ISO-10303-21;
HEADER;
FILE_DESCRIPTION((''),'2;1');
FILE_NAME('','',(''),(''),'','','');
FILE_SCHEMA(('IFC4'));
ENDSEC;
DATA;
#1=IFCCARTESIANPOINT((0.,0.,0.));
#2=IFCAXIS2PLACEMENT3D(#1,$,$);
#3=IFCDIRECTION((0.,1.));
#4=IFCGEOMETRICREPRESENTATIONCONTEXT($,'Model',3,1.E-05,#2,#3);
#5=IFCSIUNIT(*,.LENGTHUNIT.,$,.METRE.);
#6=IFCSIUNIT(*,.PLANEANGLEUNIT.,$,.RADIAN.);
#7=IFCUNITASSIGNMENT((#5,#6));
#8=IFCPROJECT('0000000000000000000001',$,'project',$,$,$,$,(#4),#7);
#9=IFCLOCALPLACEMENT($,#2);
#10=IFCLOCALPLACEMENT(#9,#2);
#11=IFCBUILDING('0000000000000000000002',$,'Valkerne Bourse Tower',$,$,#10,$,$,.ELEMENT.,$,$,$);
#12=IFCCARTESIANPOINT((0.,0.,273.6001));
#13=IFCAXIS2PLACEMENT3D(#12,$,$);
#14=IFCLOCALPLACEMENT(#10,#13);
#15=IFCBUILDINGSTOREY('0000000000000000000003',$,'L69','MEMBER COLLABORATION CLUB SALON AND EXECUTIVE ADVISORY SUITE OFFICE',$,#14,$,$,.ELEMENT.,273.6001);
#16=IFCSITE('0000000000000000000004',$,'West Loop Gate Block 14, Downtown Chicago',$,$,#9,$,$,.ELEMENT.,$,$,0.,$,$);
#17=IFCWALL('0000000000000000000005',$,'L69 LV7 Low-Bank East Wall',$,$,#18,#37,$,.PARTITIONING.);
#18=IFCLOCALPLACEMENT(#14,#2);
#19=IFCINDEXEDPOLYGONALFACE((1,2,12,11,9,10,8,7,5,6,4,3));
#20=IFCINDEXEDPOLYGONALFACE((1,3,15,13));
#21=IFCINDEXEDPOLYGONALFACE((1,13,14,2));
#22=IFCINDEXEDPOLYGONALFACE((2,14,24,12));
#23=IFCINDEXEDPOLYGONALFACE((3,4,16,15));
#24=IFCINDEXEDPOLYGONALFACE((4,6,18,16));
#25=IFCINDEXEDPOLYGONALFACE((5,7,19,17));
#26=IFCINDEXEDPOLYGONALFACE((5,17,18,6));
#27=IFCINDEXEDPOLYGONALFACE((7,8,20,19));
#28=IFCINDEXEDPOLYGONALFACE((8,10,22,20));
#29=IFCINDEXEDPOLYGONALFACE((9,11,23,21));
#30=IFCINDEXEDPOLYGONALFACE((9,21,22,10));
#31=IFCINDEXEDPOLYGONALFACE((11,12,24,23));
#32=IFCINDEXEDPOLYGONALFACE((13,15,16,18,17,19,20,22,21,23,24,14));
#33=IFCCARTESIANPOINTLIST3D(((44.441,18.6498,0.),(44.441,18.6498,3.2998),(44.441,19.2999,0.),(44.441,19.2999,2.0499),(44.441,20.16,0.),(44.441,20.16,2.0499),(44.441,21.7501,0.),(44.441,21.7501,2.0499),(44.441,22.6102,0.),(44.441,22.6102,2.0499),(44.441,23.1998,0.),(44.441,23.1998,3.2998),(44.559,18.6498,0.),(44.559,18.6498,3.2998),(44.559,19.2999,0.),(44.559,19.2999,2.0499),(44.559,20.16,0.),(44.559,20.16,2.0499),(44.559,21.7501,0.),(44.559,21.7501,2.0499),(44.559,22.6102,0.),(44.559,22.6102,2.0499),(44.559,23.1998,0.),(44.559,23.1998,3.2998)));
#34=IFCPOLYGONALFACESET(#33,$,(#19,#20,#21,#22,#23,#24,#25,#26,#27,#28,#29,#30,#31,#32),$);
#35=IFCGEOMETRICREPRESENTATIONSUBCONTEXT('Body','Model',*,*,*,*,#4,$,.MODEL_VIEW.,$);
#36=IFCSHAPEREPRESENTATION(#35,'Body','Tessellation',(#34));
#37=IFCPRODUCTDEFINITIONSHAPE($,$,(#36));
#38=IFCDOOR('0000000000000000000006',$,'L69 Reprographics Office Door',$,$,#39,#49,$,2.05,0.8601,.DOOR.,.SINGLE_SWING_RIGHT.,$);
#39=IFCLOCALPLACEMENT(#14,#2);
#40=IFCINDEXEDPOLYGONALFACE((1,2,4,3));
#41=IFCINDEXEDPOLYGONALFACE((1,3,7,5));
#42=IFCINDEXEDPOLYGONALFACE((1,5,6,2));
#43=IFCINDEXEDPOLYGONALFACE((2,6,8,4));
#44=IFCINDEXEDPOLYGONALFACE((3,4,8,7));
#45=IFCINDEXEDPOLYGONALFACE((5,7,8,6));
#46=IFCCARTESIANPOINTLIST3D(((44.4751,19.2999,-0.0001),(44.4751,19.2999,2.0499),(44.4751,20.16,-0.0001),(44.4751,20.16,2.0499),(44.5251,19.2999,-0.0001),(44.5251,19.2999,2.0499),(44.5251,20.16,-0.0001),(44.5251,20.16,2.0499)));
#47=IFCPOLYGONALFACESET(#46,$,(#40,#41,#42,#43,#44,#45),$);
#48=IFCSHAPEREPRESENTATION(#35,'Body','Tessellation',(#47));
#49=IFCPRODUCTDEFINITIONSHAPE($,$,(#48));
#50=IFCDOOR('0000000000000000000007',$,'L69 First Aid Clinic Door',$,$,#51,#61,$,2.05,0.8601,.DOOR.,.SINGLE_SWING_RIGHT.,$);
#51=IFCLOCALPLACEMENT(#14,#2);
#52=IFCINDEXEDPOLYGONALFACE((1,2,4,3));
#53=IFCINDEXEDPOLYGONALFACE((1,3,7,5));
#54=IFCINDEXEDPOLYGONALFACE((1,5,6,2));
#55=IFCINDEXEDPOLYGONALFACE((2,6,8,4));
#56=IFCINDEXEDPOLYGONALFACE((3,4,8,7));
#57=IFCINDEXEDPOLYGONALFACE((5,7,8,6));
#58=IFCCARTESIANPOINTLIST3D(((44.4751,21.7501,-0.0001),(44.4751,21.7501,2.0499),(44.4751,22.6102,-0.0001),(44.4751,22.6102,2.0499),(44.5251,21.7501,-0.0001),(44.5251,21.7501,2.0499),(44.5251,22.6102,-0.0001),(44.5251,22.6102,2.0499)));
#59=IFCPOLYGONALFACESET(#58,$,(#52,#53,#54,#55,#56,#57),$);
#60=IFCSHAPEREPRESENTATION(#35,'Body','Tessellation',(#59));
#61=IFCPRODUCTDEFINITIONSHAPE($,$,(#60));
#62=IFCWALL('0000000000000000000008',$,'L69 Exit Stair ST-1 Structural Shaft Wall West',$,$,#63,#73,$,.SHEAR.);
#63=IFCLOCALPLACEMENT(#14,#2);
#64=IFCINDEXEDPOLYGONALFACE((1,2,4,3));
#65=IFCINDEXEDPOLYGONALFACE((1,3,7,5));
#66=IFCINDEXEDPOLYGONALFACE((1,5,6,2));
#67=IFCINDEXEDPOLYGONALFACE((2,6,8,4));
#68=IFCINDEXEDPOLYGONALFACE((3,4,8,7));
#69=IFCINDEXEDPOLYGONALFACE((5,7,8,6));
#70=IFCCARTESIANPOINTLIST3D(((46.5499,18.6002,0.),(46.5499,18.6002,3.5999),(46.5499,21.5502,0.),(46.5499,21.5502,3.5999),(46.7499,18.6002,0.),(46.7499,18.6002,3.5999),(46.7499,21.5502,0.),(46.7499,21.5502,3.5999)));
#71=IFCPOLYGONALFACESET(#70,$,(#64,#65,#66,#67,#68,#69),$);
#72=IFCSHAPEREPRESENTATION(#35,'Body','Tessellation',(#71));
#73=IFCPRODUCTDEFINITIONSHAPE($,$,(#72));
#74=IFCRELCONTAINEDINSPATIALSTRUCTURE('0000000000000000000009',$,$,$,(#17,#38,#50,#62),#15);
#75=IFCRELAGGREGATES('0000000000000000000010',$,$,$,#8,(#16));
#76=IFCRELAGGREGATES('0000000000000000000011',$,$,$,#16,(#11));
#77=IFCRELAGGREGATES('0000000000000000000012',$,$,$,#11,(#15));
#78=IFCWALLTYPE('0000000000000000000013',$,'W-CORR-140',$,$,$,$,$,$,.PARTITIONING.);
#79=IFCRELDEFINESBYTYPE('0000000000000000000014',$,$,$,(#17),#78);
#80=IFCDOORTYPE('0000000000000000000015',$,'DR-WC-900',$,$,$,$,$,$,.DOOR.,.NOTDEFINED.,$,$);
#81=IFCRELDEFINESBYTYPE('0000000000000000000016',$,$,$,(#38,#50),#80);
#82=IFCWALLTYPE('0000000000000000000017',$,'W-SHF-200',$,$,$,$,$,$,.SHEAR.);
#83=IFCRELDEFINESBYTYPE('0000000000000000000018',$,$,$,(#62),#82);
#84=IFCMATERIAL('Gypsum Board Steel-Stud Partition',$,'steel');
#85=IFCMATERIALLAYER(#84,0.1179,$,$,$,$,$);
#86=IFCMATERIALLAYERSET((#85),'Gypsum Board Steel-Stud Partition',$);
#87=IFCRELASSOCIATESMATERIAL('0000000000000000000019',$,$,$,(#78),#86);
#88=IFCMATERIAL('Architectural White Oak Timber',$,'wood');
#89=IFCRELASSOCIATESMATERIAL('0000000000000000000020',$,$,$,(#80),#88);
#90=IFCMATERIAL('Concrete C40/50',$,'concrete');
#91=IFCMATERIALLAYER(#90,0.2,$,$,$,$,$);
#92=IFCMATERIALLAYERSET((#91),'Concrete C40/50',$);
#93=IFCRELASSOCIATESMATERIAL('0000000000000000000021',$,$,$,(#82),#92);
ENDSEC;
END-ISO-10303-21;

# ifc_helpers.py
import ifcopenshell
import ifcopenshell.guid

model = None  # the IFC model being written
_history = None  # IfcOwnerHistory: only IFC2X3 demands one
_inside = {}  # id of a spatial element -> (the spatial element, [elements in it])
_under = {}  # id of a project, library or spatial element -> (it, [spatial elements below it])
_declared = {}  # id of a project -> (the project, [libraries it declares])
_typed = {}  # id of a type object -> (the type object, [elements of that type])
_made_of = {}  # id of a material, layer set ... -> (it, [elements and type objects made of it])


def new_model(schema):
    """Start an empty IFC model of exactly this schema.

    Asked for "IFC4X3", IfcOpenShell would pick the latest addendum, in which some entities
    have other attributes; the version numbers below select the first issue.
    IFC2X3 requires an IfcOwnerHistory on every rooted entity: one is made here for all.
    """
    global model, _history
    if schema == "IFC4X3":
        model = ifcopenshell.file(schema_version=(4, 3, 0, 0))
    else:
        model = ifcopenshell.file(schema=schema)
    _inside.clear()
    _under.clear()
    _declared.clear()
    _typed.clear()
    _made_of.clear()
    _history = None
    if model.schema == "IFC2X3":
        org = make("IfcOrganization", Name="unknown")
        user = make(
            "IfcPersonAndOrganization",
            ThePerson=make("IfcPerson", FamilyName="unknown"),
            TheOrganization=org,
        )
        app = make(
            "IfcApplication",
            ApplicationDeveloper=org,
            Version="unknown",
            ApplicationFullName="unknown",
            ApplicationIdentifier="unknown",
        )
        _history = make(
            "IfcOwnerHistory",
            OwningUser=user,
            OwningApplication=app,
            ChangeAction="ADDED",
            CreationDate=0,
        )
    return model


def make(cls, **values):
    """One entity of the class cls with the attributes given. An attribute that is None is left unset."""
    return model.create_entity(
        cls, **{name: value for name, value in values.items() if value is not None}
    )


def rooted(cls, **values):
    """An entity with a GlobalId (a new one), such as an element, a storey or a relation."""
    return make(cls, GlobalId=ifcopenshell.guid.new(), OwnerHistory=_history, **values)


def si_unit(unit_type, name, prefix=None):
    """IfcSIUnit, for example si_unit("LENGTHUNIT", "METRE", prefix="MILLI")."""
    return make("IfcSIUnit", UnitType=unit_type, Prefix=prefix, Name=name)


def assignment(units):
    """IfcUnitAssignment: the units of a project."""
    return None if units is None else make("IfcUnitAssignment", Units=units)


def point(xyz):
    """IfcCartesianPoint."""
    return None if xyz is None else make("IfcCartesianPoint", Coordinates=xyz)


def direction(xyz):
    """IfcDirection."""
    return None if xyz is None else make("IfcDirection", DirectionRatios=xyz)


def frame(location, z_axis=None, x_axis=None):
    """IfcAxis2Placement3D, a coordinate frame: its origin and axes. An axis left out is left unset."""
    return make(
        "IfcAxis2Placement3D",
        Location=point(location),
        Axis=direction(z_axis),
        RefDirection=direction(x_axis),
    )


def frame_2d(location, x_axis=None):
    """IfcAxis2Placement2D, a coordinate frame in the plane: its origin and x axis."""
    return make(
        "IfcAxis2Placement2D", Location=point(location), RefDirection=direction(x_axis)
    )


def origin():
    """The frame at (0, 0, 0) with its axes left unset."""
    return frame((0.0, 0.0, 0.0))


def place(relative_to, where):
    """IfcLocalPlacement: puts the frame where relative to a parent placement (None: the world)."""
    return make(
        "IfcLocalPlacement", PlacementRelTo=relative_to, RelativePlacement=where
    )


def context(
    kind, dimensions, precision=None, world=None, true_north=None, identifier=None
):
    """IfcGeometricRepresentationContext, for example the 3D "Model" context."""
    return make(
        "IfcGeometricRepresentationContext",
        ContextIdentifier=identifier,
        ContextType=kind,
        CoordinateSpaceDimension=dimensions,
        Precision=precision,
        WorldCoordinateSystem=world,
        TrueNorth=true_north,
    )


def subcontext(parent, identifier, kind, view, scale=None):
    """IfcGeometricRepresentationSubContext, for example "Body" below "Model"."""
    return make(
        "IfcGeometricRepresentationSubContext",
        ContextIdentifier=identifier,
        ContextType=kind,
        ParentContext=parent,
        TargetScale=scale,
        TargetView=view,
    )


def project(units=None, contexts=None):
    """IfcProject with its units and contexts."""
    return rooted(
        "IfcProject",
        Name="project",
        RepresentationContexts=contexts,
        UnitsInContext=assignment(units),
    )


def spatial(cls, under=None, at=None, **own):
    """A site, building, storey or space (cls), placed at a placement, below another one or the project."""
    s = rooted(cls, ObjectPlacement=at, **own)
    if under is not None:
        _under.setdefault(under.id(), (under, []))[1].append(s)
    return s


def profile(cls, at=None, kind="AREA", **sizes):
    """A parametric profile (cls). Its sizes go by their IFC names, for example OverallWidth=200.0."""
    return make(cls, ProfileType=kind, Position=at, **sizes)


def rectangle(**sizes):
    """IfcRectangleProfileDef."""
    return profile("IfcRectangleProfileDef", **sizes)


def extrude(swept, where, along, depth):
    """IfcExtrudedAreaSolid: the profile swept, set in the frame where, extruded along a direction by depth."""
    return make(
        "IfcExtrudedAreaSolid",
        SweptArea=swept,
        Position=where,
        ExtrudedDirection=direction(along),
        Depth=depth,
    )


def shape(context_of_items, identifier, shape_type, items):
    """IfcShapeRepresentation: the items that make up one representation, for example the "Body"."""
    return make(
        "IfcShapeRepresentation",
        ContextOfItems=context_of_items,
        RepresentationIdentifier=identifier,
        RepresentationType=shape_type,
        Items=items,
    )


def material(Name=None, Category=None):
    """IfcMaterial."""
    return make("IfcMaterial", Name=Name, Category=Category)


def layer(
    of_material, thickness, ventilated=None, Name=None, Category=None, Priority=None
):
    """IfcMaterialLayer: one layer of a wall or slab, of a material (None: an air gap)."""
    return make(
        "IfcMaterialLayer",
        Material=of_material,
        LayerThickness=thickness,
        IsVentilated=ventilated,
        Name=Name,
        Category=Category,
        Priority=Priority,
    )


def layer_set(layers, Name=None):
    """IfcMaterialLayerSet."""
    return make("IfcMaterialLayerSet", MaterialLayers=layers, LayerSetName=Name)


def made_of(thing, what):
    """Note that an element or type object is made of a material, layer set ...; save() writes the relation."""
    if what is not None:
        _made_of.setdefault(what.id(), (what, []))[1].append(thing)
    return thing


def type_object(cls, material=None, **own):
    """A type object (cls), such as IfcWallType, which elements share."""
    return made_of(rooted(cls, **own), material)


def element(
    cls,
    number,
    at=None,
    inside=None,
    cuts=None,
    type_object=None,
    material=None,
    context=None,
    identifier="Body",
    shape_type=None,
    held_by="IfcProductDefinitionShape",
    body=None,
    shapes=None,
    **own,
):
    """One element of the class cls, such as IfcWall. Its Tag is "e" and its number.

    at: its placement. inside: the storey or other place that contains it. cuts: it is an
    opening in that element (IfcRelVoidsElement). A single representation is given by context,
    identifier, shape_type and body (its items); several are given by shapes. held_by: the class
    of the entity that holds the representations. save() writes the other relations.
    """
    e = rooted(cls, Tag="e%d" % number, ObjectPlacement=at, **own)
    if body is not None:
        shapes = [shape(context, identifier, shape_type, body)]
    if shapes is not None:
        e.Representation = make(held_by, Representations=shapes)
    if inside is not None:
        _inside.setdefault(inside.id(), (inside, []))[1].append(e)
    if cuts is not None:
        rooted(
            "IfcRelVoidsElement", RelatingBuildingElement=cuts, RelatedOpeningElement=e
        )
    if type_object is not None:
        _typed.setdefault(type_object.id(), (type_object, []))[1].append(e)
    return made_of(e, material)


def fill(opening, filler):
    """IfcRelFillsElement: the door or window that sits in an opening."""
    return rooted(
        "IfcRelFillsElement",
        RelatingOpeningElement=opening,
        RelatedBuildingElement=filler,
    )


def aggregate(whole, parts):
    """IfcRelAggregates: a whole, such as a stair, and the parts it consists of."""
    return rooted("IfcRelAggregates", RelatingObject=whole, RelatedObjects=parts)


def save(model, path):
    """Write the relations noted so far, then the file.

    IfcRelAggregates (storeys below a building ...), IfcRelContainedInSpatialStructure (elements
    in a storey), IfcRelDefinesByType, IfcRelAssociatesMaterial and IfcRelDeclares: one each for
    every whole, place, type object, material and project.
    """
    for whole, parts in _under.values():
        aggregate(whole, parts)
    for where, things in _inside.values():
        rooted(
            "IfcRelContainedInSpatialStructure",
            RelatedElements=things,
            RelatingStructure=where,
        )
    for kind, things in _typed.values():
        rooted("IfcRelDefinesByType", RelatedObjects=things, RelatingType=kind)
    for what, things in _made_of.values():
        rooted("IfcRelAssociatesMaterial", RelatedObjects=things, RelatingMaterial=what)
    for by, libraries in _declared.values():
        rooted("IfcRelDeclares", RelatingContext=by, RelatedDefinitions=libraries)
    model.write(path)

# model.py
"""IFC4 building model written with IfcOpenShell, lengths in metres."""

from ifc_helpers import new_model, si_unit, direction, frame, frame_2d, origin, place, context, subcontext, project, spatial, rectangle, extrude, material, layer, layer_set, type_object, element, fill, save


model = new_model("IFC4")

# Units and contexts
model_context = context("Model", 3, precision=1e-05, world=origin(), true_north=direction((0.0, 1.0)))
body_context = subcontext(model_context, "Body", "Model", "MODEL_VIEW")
ifc_project = project(units=[si_unit("LENGTHUNIT", "METRE"), si_unit("PLANEANGLEUNIT", "RADIAN")], contexts=[model_context])

# Site, building, storey
site_placement = place(None, origin())
site = spatial("IfcSite", under=ifc_project, at=site_placement, Name="West Loop Gate Block 14, Downtown Chicago", CompositionType="ELEMENT", RefElevation=0.0)
building_placement = place(site_placement, origin())
building = spatial("IfcBuilding", under=site, at=building_placement, Name="Valkerne Bourse Tower", CompositionType="ELEMENT")
storey_placement = place(building_placement, frame((0.0, 0.0, 273.6001)))
storey = spatial("IfcBuildingStorey", under=building, at=storey_placement, Name="L69", Description="MEMBER COLLABORATION CLUB SALON AND EXECUTIVE ADVISORY SUITE OFFICE", CompositionType="ELEMENT", Elevation=273.6001)

# Wall, openings, doors
ifc_material_1 = material(Name="Gypsum Board Steel-Stud Partition", Category="steel")
ifc_layer_1 = layer(ifc_material_1, 0.1179)
ifc_layer_set_1 = layer_set([ifc_layer_1], Name="Gypsum Board Steel-Stud Partition")
wall_type_1 = type_object("IfcWallType", Name="W-CORR-140", PredefinedType="PARTITIONING", material=ifc_layer_set_1)
wall_1_placement = place(storey_placement, frame((44.5, 18.6499, 0.0), z_axis=(0.0, 0.0, 1.0), x_axis=(0.0, 1.0, 0.0)))
wall_1 = element("IfcWall", 1, at=wall_1_placement, inside=storey, type_object=wall_type_1, Name="L69 LV7 Low-Bank East Wall", PredefinedType="PARTITIONING", context=body_context, shape_type="SweptSolid", body=[
    extrude(rectangle(XDim=4.55, YDim=0.1179, at=frame_2d((2.2749, 0.0))), origin(), (0.0, 0.0, 1.0), 3.2998),
])
opening_1_placement = place(wall_1_placement, frame((0.6499, 0.0, 0.0)))
opening_1 = element("IfcOpeningElement", 2, at=opening_1_placement, cuts=wall_1, PredefinedType="OPENING", context=body_context, shape_type="SweptSolid", body=[
    extrude(rectangle(XDim=0.8601, YDim=2.05, at=frame_2d((0.4302, 1.0249))), frame((0.0, 0.0688, 0.0), z_axis=(0.0, -1.0, 0.0), x_axis=(1.0, 0.0, 0.0)), (0.0, 0.0, 1.0), 0.1379),
])
opening_2_placement = place(wall_1_placement, frame((3.1001, 0.0, 0.0)))
opening_2 = element("IfcOpeningElement", 3, at=opening_2_placement, cuts=wall_1, PredefinedType="OPENING", context=body_context, shape_type="SweptSolid", body=[
    extrude(rectangle(XDim=0.8601, YDim=2.05, at=frame_2d((0.4302, 1.0249))), frame((0.0, 0.0688, 0.0), z_axis=(0.0, -1.0, 0.0), x_axis=(1.0, 0.0, 0.0)), (0.0, 0.0, 1.0), 0.1379),
])
ifc_material_2 = material(Name="Architectural White Oak Timber", Category="wood")
door_type = type_object("IfcDoorType", Name="DR-WC-900", OperationType="NOTDEFINED", PredefinedType="DOOR", material=ifc_material_2)
door_1_placement = place(opening_1_placement, origin())
door_1 = element("IfcDoor", 4, at=door_1_placement, inside=storey, type_object=door_type, Name="L69 Reprographics Office Door", OperationType="SINGLE_SWING_RIGHT", OverallHeight=2.05, OverallWidth=0.8601, PredefinedType="DOOR", context=body_context, shape_type="SweptSolid", body=[
    extrude(rectangle(XDim=0.8601, YDim=2.05, at=frame_2d((0.4302, 1.0249))), frame((0.0, 0.0249, 0.0), z_axis=(0.0, -1.0, 0.0), x_axis=(1.0, 0.0, 0.0)), (0.0, 0.0, 1.0), 0.05),
])
fill(opening_1, door_1)
door_2_placement = place(opening_2_placement, origin())
door_2 = element("IfcDoor", 5, at=door_2_placement, inside=storey, type_object=door_type, Name="L69 First Aid Clinic Door", OperationType="SINGLE_SWING_RIGHT", OverallHeight=2.05, OverallWidth=0.8601, PredefinedType="DOOR", context=body_context, shape_type="SweptSolid", body=[
    extrude(rectangle(XDim=0.8601, YDim=2.05, at=frame_2d((0.4302, 1.0249))), frame((0.0, 0.0249, 0.0), z_axis=(0.0, -1.0, 0.0), x_axis=(1.0, 0.0, 0.0)), (0.0, 0.0, 1.0), 0.05),
])
fill(opening_2, door_2)

# Wall
ifc_material_3 = material(Name="Concrete C40/50", Category="concrete")
ifc_layer_2 = layer(ifc_material_3, 0.2)
ifc_layer_set_2 = layer_set([ifc_layer_2], Name="Concrete C40/50")
wall_type_2 = type_object("IfcWallType", Name="W-SHF-200", PredefinedType="SHEAR", material=ifc_layer_set_2)
wall_2_placement = place(storey_placement, frame((46.6499, 18.6001, 0.0), z_axis=(0.0, 0.0, 1.0), x_axis=(0.0, 1.0, 0.0)))
element("IfcWall", 6, at=wall_2_placement, inside=storey, type_object=wall_type_2, Name="L69 Exit Stair ST-1 Structural Shaft Wall West", PredefinedType="SHEAR", context=body_context, shape_type="SweptSolid", body=[
    extrude(rectangle(XDim=2.95, YDim=0.2, at=frame_2d((1.4751, 0.0))), origin(), (0.0, 0.0, 1.0), 3.5999),
])

save(model, "model.ifc")
